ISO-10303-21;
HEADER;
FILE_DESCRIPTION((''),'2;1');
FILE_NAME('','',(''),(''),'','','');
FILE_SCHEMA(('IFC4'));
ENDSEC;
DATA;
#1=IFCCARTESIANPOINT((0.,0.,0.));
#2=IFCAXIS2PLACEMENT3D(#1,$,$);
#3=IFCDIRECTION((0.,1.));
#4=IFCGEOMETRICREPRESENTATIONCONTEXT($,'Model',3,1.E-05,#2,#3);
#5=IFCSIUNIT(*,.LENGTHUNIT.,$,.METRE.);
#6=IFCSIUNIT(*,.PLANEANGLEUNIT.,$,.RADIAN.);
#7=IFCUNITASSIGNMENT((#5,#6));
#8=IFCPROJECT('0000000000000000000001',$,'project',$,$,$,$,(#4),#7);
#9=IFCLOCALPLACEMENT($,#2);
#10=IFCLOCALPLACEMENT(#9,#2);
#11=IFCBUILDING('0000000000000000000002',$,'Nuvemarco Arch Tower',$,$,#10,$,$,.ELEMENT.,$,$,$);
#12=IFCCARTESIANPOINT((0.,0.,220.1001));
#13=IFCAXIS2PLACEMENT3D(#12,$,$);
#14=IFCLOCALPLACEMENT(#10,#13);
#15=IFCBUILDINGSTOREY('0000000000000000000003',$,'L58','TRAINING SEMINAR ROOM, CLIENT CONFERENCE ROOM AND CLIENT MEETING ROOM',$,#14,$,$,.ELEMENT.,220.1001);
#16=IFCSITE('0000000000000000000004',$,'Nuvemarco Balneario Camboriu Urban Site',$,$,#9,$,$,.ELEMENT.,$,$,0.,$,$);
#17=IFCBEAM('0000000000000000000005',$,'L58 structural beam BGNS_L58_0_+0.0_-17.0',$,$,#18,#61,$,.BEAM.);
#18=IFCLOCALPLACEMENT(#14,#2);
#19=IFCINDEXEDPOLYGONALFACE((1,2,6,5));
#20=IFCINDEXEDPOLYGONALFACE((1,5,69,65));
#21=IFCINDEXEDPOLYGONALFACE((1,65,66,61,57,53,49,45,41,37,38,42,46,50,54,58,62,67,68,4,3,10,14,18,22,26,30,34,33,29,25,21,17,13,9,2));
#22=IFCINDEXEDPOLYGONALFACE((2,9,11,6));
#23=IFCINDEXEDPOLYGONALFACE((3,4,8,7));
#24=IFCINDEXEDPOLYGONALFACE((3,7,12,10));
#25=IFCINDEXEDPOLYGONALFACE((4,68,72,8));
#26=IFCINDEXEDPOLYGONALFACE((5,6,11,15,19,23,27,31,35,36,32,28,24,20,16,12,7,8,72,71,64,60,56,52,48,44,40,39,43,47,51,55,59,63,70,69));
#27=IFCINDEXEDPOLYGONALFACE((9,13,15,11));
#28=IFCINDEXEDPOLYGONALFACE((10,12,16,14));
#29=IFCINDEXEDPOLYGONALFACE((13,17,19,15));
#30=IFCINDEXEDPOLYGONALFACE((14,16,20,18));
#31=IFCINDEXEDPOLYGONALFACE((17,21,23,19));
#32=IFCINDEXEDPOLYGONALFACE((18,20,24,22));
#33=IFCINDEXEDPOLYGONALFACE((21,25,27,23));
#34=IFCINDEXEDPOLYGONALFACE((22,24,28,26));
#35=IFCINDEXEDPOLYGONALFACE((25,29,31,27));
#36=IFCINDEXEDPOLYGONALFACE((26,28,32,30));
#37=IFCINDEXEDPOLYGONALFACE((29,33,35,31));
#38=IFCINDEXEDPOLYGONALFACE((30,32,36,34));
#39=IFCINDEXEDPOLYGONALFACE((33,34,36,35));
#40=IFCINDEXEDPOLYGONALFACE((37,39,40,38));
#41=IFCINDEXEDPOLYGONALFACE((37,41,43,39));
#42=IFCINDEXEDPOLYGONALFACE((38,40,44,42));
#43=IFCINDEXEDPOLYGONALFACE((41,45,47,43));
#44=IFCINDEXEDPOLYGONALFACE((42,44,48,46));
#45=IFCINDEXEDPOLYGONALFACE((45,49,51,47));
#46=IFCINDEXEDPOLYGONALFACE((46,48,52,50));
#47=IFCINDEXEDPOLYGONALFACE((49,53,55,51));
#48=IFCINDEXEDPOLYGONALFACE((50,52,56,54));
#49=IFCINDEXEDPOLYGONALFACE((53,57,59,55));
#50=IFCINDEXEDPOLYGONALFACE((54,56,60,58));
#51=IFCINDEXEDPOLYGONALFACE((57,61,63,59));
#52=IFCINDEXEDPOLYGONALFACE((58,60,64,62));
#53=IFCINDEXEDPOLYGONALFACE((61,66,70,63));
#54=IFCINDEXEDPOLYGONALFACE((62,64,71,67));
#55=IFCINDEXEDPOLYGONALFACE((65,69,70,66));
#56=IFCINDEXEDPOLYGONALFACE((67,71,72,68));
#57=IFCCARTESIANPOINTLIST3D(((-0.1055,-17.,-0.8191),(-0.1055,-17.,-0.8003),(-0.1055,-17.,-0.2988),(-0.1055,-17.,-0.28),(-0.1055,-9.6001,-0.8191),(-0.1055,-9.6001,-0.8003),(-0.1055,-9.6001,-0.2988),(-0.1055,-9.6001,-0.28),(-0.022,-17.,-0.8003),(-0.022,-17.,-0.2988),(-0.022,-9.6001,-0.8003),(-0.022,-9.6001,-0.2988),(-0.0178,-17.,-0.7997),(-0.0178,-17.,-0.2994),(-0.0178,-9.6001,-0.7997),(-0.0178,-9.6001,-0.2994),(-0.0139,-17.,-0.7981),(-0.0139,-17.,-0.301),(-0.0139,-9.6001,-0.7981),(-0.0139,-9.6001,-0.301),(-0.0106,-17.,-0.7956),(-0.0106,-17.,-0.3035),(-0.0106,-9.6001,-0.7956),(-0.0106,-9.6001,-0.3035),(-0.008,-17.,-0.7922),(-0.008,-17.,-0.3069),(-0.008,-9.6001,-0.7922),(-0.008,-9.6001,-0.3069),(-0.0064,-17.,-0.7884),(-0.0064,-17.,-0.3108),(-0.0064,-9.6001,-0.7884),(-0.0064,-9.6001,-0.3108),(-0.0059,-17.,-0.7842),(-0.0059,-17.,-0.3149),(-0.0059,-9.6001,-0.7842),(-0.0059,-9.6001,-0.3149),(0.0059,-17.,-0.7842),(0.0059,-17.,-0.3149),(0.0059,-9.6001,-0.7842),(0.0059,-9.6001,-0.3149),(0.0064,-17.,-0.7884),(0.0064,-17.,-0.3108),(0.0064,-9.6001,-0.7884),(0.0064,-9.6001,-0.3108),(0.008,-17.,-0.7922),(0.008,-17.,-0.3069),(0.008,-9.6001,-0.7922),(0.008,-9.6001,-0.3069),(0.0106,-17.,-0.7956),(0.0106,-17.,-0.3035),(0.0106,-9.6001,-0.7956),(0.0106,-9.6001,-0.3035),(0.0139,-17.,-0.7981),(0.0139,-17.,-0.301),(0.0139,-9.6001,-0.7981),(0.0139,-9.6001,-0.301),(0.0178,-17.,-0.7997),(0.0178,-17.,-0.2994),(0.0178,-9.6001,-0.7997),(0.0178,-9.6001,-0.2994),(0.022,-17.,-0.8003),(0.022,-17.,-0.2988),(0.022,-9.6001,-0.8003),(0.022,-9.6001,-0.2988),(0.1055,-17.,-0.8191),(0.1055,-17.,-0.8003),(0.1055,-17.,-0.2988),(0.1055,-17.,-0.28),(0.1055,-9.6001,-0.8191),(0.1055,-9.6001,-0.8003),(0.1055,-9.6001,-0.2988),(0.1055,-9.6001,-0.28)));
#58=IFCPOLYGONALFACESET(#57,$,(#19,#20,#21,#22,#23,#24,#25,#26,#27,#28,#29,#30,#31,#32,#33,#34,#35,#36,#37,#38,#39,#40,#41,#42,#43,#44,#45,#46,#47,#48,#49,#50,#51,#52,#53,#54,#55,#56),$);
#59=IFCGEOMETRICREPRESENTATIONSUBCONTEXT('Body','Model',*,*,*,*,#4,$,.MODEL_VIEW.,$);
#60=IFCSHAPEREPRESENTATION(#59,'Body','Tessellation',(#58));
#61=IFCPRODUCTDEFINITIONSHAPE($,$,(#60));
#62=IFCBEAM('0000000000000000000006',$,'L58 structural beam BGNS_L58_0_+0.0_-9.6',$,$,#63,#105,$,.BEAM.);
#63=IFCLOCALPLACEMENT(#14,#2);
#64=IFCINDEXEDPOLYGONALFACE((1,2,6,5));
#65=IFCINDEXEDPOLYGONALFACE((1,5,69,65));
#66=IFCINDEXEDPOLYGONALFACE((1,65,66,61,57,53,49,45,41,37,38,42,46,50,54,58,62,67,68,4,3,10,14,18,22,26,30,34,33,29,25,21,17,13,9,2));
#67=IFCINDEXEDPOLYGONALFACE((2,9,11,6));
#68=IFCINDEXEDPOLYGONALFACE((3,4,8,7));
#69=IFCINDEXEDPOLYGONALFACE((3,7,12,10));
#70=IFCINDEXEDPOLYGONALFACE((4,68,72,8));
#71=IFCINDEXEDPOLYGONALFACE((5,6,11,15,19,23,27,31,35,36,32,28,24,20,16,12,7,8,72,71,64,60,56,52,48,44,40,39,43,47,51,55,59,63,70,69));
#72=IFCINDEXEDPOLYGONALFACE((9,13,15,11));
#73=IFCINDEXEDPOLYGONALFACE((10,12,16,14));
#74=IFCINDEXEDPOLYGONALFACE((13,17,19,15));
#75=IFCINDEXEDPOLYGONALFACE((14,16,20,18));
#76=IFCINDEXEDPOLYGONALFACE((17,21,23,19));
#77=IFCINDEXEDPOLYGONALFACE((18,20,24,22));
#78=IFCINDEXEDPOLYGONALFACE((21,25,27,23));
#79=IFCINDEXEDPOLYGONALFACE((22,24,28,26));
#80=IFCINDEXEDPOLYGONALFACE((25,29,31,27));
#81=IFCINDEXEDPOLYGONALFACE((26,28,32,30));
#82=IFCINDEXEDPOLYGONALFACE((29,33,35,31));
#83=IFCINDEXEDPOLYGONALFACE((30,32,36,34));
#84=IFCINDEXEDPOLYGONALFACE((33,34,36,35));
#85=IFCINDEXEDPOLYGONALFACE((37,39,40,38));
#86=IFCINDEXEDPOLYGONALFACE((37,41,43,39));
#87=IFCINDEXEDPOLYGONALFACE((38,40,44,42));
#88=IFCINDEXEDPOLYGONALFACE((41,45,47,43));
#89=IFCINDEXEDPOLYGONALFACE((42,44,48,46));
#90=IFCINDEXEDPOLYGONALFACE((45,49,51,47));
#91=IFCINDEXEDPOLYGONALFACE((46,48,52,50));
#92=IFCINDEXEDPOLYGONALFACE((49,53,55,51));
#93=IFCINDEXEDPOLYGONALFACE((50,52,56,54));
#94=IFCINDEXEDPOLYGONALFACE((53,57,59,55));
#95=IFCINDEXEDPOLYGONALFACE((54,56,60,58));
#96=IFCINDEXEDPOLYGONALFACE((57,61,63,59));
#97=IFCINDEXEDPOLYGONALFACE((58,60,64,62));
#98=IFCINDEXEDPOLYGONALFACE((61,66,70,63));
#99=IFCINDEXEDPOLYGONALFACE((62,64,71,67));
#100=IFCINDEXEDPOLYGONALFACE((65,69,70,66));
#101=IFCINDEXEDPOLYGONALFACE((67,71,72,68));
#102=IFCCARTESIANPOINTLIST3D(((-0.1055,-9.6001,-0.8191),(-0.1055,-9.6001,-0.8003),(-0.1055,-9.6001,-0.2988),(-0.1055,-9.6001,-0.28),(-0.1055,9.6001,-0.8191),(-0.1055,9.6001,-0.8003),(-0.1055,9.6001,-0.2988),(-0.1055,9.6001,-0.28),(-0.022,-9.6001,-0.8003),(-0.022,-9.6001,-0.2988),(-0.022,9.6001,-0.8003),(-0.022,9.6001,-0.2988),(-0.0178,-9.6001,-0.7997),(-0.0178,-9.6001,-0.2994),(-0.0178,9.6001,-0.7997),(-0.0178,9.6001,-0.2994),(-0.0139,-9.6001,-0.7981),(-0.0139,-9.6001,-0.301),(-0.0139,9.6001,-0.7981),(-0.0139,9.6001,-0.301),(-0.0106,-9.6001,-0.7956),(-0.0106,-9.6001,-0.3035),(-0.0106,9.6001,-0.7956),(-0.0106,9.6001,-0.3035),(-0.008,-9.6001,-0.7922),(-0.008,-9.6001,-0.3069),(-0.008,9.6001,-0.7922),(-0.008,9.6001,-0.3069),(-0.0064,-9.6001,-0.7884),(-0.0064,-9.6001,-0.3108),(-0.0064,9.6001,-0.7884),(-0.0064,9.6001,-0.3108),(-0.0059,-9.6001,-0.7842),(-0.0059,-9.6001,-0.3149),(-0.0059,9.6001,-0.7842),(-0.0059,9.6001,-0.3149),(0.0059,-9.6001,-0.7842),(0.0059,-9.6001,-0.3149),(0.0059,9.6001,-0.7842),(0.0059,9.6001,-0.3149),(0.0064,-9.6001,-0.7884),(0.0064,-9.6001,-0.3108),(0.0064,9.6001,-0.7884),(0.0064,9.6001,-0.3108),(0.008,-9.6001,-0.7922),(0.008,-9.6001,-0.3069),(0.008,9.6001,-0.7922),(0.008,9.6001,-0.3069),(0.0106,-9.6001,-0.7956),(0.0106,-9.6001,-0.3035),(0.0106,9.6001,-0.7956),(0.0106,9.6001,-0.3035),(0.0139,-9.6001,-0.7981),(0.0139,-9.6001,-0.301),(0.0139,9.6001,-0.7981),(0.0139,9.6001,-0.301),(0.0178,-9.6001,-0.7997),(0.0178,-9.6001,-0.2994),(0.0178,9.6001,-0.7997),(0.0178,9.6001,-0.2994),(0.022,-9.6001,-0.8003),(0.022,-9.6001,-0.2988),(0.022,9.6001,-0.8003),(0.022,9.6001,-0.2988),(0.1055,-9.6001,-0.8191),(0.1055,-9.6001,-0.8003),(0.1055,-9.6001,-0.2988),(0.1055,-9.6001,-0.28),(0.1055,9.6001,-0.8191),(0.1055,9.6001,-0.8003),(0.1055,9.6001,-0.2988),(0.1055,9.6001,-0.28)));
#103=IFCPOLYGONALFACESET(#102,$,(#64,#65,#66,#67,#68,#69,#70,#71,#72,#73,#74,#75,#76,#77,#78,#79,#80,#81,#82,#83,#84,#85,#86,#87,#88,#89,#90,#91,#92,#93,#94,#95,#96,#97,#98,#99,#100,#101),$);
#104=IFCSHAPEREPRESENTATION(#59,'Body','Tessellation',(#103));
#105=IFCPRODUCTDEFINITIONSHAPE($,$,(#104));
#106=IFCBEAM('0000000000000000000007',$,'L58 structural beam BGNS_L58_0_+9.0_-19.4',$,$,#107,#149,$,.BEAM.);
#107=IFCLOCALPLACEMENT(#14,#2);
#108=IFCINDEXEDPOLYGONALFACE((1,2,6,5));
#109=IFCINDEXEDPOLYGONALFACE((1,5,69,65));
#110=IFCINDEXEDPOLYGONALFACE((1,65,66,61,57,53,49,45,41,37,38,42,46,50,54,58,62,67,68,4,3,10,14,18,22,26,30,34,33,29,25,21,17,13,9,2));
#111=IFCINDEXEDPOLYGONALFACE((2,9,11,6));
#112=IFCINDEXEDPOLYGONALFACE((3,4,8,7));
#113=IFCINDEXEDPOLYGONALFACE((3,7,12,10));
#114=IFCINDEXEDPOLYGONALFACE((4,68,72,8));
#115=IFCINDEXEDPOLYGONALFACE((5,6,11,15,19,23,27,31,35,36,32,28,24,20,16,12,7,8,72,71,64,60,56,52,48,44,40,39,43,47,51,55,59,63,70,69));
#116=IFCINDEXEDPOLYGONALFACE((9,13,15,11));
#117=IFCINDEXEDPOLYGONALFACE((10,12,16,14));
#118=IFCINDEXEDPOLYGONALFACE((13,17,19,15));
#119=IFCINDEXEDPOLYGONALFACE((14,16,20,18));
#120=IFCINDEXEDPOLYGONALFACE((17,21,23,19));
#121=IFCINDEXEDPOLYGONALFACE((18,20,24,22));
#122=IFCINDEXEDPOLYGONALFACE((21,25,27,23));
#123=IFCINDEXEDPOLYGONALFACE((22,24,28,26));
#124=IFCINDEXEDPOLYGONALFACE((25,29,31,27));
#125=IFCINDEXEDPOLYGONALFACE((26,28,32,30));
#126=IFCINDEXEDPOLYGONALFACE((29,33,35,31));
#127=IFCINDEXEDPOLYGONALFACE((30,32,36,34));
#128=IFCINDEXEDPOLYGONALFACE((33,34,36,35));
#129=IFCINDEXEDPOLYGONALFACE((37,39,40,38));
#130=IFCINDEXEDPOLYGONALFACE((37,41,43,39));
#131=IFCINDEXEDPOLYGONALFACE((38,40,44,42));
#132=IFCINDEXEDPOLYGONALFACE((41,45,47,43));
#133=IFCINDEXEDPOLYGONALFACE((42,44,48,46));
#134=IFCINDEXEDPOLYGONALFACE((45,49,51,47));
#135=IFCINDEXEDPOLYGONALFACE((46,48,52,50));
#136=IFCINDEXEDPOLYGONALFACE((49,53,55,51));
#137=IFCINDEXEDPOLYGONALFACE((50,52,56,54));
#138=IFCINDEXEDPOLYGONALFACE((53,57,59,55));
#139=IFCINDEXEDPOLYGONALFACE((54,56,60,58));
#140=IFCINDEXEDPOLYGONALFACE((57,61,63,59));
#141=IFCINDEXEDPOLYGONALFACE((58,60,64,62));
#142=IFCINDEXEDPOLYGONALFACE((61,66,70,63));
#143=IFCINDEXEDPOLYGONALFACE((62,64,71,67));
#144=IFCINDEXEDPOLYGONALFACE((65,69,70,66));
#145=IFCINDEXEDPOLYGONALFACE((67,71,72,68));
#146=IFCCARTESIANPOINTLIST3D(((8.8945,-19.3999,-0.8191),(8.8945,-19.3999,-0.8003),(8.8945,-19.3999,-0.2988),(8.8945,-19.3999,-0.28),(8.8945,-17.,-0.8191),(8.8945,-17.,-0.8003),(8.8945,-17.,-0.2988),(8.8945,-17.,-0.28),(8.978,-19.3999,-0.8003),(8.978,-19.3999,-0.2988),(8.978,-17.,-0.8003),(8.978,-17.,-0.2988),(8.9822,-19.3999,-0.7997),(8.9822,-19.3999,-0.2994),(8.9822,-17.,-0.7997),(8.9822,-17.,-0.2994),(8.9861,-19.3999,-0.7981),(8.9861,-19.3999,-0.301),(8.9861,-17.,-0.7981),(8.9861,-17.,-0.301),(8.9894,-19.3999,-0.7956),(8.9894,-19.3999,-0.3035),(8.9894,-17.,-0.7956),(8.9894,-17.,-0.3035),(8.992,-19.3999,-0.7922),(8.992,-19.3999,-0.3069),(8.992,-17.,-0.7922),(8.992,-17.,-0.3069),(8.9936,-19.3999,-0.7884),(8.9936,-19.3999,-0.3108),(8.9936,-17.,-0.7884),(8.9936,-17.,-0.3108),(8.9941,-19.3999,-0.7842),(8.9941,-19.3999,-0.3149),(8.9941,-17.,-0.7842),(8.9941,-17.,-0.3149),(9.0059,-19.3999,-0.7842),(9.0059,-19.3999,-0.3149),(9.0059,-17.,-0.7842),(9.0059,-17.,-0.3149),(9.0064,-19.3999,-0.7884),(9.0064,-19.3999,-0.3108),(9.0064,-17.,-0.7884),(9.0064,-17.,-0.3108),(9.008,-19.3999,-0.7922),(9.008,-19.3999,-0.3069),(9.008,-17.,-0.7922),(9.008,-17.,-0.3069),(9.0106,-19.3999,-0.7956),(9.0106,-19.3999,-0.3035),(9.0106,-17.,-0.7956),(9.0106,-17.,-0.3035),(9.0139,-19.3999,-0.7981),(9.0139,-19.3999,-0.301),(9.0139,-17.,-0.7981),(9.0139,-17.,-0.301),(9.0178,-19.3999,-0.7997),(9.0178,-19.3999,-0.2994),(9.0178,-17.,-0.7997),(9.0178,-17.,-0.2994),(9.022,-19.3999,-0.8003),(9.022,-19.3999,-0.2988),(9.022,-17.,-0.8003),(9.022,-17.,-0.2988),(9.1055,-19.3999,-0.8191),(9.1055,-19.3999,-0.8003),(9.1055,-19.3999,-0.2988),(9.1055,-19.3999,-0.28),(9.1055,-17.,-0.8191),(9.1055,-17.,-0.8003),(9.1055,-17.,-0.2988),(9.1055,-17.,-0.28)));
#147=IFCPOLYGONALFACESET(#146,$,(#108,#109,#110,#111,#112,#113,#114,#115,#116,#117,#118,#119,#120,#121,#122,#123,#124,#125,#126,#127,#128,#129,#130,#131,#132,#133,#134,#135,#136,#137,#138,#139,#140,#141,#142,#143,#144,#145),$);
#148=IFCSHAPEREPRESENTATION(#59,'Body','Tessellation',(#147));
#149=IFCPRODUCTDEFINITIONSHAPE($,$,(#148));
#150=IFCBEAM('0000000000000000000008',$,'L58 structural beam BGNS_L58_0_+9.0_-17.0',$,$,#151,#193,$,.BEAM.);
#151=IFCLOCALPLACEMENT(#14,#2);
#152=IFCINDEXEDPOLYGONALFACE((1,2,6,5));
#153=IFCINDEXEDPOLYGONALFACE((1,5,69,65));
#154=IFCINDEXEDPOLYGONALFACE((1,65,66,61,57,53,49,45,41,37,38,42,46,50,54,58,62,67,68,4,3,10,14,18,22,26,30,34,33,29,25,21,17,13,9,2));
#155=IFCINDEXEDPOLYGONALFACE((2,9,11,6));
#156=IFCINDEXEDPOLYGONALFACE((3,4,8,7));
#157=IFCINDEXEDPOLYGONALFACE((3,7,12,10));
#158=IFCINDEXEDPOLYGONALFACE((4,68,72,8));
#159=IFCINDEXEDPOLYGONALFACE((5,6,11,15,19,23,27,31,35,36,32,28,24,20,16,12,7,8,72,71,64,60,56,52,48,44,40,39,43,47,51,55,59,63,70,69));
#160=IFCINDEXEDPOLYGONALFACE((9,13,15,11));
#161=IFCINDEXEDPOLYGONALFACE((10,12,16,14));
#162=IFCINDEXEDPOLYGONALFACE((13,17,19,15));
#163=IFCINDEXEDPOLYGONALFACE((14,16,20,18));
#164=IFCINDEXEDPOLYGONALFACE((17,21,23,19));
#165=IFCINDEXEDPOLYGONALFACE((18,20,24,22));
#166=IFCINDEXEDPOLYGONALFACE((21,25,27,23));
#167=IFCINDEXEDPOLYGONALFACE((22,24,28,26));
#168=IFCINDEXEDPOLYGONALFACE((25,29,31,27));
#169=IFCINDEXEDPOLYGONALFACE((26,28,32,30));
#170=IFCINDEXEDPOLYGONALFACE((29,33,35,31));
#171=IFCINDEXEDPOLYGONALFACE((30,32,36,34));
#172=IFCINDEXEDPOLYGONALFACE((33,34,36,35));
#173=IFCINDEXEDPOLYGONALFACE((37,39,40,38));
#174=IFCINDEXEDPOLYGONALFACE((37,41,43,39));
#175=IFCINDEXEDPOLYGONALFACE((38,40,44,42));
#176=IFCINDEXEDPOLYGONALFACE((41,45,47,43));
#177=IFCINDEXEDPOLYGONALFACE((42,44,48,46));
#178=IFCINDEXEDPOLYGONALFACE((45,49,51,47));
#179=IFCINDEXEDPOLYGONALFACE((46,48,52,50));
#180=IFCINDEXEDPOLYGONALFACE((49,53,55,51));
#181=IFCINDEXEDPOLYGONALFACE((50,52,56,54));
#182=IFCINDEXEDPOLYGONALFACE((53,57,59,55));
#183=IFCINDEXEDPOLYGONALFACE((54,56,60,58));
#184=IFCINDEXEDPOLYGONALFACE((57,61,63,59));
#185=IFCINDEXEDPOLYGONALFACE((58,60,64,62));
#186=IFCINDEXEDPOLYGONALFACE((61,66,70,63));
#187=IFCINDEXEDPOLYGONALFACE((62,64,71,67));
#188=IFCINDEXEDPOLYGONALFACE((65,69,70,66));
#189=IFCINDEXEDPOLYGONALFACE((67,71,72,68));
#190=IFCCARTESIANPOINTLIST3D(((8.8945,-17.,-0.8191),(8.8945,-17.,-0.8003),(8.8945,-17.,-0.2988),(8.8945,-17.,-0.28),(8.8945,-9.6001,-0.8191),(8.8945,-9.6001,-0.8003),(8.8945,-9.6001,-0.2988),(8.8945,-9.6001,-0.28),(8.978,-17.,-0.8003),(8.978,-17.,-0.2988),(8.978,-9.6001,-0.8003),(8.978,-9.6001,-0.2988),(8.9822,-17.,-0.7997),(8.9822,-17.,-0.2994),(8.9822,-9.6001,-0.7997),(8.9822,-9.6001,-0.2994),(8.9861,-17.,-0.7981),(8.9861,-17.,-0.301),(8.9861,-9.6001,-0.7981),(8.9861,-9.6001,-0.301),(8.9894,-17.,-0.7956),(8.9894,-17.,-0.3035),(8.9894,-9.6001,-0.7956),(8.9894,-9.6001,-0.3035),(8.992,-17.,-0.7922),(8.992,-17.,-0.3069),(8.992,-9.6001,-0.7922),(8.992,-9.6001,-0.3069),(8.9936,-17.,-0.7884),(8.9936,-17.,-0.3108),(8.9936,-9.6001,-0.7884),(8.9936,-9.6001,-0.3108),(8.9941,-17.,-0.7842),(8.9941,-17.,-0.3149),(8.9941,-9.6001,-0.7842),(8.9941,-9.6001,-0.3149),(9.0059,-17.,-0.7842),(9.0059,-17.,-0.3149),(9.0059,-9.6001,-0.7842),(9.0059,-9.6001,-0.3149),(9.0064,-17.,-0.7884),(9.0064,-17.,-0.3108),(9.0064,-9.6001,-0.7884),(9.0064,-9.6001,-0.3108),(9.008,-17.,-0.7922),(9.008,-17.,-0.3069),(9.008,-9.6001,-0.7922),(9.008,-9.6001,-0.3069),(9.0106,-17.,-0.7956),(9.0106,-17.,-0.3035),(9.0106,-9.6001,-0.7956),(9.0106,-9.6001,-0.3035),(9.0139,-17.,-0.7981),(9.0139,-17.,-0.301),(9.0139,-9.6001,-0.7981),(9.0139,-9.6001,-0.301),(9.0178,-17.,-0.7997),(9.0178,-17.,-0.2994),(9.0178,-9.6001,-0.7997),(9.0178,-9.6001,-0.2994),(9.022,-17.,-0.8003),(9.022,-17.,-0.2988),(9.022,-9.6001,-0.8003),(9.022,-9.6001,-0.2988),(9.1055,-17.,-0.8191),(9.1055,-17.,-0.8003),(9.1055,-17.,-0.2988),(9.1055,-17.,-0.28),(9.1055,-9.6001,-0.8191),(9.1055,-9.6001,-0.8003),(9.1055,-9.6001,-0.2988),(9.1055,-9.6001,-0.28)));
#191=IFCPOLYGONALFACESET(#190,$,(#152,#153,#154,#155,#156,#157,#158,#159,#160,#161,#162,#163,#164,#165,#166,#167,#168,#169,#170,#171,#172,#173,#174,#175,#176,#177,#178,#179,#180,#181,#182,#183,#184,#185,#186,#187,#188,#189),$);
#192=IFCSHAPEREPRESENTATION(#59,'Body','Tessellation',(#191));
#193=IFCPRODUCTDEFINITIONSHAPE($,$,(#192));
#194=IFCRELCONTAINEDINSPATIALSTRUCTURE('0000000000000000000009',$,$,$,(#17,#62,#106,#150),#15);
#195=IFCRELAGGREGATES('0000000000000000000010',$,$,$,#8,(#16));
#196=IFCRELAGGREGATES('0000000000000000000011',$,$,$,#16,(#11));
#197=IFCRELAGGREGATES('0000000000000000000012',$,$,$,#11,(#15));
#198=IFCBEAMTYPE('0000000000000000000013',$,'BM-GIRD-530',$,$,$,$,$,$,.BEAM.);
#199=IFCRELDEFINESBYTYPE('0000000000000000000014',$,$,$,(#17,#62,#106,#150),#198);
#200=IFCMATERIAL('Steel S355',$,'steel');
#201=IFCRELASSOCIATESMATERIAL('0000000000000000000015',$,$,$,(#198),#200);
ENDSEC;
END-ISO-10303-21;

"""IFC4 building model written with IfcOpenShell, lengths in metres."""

from ifc_helpers import new_model, si_unit, direction, frame, origin, origin_2d, place, context, subcontext, project, spatial, i_section, extrude, material, material_profile, profile_set, type_object, element, save


model = new_model("IFC4")

# Units and contexts
model_context = context("Model", 3, precision=1e-05, world=origin(), true_north=direction((0.0, 1.0)))
body_context = subcontext(model_context, "Body", "Model", "MODEL_VIEW")
ifc_project = project(units=[si_unit("LENGTHUNIT", "METRE"), si_unit("PLANEANGLEUNIT", "RADIAN")], contexts=[model_context])

# Site, building, storey
site_placement = place(None, origin())
site = spatial("IfcSite", under=ifc_project, at=site_placement, Name="Nuvemarco Balneario Camboriu Urban Site", CompositionType="ELEMENT", RefElevation=0.0)
building_placement = place(site_placement, origin())
building = spatial("IfcBuilding", under=site, at=building_placement, Name="Nuvemarco Arch Tower", CompositionType="ELEMENT")
storey_placement = place(building_placement, frame((0.0, 0.0, 220.1001)))
storey = spatial("IfcBuildingStorey", under=building, at=storey_placement, Name="L58", Description="TRAINING SEMINAR ROOM, CLIENT CONFERENCE ROOM AND CLIENT MEETING ROOM", CompositionType="ELEMENT", Elevation=220.1001)

# Shared definitions
ifc_material_1 = material(Name="Steel S355", Category="steel")

# Beams
ifc_material_profile_1 = material_profile(ifc_material_1, i_section(OverallWidth=0.2109, OverallDepth=0.5391, WebThickness=0.0117, FlangeThickness=0.0188, FilletRadius=0.0161, at=origin_2d()), Name="W530x109")
ifc_profile_set_1 = profile_set([ifc_material_profile_1], Name="Steel S355")
beam_type_1 = type_object("IfcBeamType", Name="BM-GIRD-530", PredefinedType="BEAM", material=ifc_profile_set_1)
beam_1_placement = place(storey_placement, frame((0.0, -17.0, -0.5496), z_axis=(0.0, 1.0, 0.0), x_axis=(-1.0, 0.0, 0.0)))
element("IfcBeam", 1, at=beam_1_placement, inside=storey, type_object=beam_type_1, Name="L58 structural beam BGNS_L58_0_+0.0_-17.0", PredefinedType="BEAM", context=body_context, shape_type="SweptSolid", body=[
    extrude(i_section(OverallWidth=0.2109, OverallDepth=0.5391, WebThickness=0.0117, FlangeThickness=0.0188, FilletRadius=0.0161, at=origin_2d()), origin(), (0.0, 0.0, 1.0), 7.3999),
])
beam_2_placement = place(storey_placement, frame((0.0, -9.6001, -0.5496), z_axis=(0.0, 1.0, 0.0), x_axis=(-1.0, 0.0, 0.0)))
element("IfcBeam", 2, at=beam_2_placement, inside=storey, type_object=beam_type_1, Name="L58 structural beam BGNS_L58_0_+0.0_-9.6", PredefinedType="BEAM", context=body_context, shape_type="SweptSolid", body=[
    extrude(i_section(OverallWidth=0.2109, OverallDepth=0.5391, WebThickness=0.0117, FlangeThickness=0.0188, FilletRadius=0.0161, at=origin_2d()), origin(), (0.0, 0.0, 1.0), 19.2002),
])
beam_3_placement = place(storey_placement, frame((9.0, -19.3999, -0.5496), z_axis=(0.0, 1.0, 0.0), x_axis=(-1.0, 0.0, 0.0)))
element("IfcBeam", 3, at=beam_3_placement, inside=storey, type_object=beam_type_1, Name="L58 structural beam BGNS_L58_0_+9.0_-19.4", PredefinedType="BEAM", context=body_context, shape_type="SweptSolid", body=[
    extrude(i_section(OverallWidth=0.2109, OverallDepth=0.5391, WebThickness=0.0117, FlangeThickness=0.0188, FilletRadius=0.0161, at=origin_2d()), origin(), (0.0, 0.0, 1.0), 2.3999),
])
beam_4_placement = place(storey_placement, frame((9.0, -17.0, -0.5496), z_axis=(0.0, 1.0, 0.0), x_axis=(-1.0, 0.0, 0.0)))
element("IfcBeam", 4, at=beam_4_placement, inside=storey, type_object=beam_type_1, Name="L58 structural beam BGNS_L58_0_+9.0_-17.0", PredefinedType="BEAM", context=body_context, shape_type="SweptSolid", body=[
    extrude(i_section(OverallWidth=0.2109, OverallDepth=0.5391, WebThickness=0.0117, FlangeThickness=0.0188, FilletRadius=0.0161, at=origin_2d()), origin(), (0.0, 0.0, 1.0), 7.3999),
])

save(model, "model.ifc")
